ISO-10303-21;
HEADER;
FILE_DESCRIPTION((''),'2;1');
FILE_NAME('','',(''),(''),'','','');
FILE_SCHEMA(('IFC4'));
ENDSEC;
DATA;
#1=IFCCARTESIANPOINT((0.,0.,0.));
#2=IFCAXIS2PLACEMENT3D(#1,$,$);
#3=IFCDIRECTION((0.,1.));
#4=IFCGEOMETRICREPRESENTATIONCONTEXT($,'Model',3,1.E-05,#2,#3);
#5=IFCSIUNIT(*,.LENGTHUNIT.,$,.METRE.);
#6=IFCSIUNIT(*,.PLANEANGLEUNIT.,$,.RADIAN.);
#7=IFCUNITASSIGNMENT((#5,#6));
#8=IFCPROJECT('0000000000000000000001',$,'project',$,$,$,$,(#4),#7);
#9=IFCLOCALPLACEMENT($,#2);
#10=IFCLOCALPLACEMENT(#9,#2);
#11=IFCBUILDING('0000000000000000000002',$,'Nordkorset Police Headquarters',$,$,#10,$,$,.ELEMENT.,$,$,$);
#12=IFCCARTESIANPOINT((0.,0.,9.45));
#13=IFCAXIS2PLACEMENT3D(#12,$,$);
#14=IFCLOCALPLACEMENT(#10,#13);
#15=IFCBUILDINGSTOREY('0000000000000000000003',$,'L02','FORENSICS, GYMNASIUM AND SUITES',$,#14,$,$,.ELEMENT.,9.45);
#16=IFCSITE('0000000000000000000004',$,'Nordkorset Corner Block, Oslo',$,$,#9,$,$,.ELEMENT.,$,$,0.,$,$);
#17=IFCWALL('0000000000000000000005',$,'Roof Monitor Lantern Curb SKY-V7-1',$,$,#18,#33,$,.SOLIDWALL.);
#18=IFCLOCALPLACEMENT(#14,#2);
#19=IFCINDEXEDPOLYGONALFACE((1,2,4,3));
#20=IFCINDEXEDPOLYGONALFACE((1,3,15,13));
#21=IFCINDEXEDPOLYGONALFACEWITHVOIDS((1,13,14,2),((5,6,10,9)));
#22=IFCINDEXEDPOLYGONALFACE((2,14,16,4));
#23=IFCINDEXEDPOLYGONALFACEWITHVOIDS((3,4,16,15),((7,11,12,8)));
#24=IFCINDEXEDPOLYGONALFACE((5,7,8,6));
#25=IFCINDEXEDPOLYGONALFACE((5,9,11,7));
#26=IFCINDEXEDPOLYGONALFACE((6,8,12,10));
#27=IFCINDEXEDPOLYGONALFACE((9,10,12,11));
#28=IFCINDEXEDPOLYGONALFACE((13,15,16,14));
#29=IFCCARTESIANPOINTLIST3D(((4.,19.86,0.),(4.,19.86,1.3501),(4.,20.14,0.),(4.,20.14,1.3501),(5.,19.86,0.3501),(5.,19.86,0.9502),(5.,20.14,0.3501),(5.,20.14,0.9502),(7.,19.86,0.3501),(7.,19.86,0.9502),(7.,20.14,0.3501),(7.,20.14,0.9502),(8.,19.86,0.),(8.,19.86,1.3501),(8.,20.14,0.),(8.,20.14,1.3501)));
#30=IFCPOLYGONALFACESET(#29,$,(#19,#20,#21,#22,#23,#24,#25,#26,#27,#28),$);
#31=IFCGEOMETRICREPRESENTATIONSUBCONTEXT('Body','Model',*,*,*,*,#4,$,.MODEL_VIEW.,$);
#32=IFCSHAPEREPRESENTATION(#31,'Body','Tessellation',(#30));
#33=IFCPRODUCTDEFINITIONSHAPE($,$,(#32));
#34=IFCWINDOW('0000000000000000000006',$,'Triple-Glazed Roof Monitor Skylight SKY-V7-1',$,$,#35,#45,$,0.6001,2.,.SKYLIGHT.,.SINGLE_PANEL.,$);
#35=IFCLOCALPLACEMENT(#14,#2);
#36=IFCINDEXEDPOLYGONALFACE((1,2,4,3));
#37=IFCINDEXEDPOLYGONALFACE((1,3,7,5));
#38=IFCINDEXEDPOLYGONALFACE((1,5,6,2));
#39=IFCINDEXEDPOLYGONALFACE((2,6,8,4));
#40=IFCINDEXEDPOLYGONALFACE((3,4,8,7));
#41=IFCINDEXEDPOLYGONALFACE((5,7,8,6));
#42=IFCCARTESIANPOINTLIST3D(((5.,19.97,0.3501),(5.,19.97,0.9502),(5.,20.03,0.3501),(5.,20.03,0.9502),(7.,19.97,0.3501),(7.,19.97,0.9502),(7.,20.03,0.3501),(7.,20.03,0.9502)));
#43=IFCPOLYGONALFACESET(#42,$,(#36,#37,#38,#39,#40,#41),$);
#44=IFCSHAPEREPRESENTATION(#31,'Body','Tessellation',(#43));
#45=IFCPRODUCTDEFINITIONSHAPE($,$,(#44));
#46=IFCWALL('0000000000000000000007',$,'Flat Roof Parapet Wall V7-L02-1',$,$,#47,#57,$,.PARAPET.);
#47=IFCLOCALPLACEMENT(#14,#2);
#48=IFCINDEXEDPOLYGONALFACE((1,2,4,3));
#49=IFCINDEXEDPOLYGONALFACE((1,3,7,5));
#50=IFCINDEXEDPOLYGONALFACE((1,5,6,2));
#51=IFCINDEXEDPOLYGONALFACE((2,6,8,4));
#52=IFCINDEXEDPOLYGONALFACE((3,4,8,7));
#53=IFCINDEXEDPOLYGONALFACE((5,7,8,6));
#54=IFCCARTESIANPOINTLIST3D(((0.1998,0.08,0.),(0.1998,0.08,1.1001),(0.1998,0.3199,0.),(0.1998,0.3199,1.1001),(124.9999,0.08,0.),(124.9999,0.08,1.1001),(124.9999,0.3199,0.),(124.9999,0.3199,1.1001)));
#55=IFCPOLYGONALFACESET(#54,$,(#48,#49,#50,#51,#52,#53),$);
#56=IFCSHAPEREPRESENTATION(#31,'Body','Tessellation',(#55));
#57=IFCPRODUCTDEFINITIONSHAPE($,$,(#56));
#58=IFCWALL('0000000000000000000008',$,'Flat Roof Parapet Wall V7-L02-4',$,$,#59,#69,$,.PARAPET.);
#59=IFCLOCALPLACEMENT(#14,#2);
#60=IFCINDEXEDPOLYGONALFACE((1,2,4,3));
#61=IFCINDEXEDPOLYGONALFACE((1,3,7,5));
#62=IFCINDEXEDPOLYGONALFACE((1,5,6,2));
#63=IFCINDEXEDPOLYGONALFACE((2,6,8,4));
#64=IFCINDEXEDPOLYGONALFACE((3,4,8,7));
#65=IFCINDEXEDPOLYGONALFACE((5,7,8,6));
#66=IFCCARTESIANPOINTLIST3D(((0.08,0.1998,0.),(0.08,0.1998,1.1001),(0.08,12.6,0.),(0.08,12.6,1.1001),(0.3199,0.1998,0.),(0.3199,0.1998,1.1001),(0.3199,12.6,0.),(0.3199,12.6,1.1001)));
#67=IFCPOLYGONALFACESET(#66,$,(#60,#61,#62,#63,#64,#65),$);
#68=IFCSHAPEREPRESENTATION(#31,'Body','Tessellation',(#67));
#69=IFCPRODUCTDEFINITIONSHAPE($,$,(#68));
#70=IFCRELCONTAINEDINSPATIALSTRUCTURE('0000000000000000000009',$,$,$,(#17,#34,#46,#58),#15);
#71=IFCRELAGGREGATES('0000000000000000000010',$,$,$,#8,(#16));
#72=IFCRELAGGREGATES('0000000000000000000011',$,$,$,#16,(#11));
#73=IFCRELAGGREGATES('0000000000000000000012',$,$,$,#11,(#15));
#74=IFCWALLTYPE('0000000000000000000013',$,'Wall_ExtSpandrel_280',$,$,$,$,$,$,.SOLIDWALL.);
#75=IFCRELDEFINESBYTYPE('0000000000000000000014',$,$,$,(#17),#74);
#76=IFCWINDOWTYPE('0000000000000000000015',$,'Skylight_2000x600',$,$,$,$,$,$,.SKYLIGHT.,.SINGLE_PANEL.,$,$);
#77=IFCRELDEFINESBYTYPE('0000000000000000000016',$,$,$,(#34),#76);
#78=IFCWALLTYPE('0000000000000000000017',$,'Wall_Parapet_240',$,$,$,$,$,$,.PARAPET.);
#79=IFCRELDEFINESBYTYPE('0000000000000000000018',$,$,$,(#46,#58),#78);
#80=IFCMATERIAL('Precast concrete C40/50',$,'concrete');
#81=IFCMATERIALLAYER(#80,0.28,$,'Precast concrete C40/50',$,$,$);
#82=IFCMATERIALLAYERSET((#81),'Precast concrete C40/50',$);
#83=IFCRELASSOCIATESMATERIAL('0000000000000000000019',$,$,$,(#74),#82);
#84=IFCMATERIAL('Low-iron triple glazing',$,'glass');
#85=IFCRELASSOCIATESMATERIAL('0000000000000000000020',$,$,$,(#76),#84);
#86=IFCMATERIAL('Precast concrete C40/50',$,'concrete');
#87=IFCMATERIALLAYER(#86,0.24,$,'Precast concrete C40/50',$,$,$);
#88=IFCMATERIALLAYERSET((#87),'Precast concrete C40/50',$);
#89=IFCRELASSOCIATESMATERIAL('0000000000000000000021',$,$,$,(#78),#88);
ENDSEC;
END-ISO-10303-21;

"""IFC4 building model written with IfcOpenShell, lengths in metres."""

from ifc_helpers import new_model, si_unit, direction, frame, frame_2d, origin, place, context, subcontext, project, spatial, rectangle, extrude, material, layer, layer_set, type_object, element, fill, save


model = new_model("IFC4")

# Units and contexts
model_context = context("Model", 3, precision=1e-05, world=origin(), true_north=direction((0.0, 1.0)))
body_context = subcontext(model_context, "Body", "Model", "MODEL_VIEW")
ifc_project = project(units=[si_unit("LENGTHUNIT", "METRE"), si_unit("PLANEANGLEUNIT", "RADIAN")], contexts=[model_context])

# Site, building, storey
site_placement = place(None, origin())
site = spatial("IfcSite", under=ifc_project, at=site_placement, Name="Nordkorset Corner Block, Oslo", CompositionType="ELEMENT", RefElevation=0.0)
building_placement = place(site_placement, origin())
building = spatial("IfcBuilding", under=site, at=building_placement, Name="Nordkorset Police Headquarters", CompositionType="ELEMENT")
storey_placement = place(building_placement, frame((0.0, 0.0, 9.45)))
storey = spatial("IfcBuildingStorey", under=building, at=storey_placement, Name="L02", Description="FORENSICS, GYMNASIUM AND SUITES", CompositionType="ELEMENT", Elevation=9.45)

# Wall, opening, window
ifc_material_1 = material(Name="Precast concrete C40/50", Category="concrete")
ifc_layer_1 = layer(ifc_material_1, 0.28, Name="Precast concrete C40/50")
ifc_layer_set_1 = layer_set([ifc_layer_1], Name="Precast concrete C40/50")
wall_type_1 = type_object("IfcWallType", Name="Wall_ExtSpandrel_280", PredefinedType="SOLIDWALL", material=ifc_layer_set_1)
wall_1_placement = place(storey_placement, frame((4.0, 20.0, 0.0), z_axis=(0.0, 0.0, 1.0), x_axis=(1.0, 0.0, 0.0)))
wall_1 = element("IfcWall", 1, at=wall_1_placement, inside=storey, type_object=wall_type_1, Name="Roof Monitor Lantern Curb SKY-V7-1", PredefinedType="SOLIDWALL", context=body_context, shape_type="SweptSolid", body=[
    extrude(rectangle(XDim=4.0, YDim=0.28, at=frame_2d((2.0, 0.0))), origin(), (0.0, 0.0, 1.0), 1.3501),
])
opening_1_placement = place(wall_1_placement, frame((1.0, 0.0, 0.3501)))
opening_1 = element("IfcOpeningElement", 2, at=opening_1_placement, cuts=wall_1, PredefinedType="OPENING", context=body_context, shape_type="SweptSolid", body=[
    extrude(rectangle(XDim=2.0, YDim=0.6001, at=frame_2d((1.0, 0.3))), frame((0.0, 0.1499, 0.0), z_axis=(0.0, -1.0, 0.0), x_axis=(1.0, 0.0, 0.0)), (0.0, 0.0, 1.0), 0.3),
])
ifc_material_2 = material(Name="Low-iron triple glazing", Category="glass")
window_type_1 = type_object("IfcWindowType", Name="Skylight_2000x600", PartitioningType="SINGLE_PANEL", PredefinedType="SKYLIGHT", material=ifc_material_2)
window_1_placement = place(opening_1_placement, origin())
window_1 = element("IfcWindow", 3, at=window_1_placement, inside=storey, type_object=window_type_1, Name="Triple-Glazed Roof Monitor Skylight SKY-V7-1", OverallHeight=0.6001, OverallWidth=2.0, PartitioningType="SINGLE_PANEL", PredefinedType="SKYLIGHT", context=body_context, shape_type="SweptSolid", body=[
    extrude(rectangle(XDim=2.0, YDim=0.6001, at=frame_2d((1.0, 0.3))), frame((0.0, 0.03, 0.0), z_axis=(0.0, -1.0, 0.0), x_axis=(1.0, 0.0, 0.0)), (0.0, 0.0, 1.0), 0.0601),
])
fill(opening_1, window_1)

# Walls
ifc_material_3 = material(Name="Precast concrete C40/50", Category="concrete")
ifc_layer_2 = layer(ifc_material_3, 0.24, Name="Precast concrete C40/50")
ifc_layer_set_2 = layer_set([ifc_layer_2], Name="Precast concrete C40/50")
wall_type_2 = type_object("IfcWallType", Name="Wall_Parapet_240", PredefinedType="PARAPET", material=ifc_layer_set_2)
wall_2_placement = place(storey_placement, frame((0.2, 0.2, 0.0), z_axis=(0.0, 0.0, 1.0), x_axis=(1.0, 0.0, 0.0)))
element("IfcWall", 4, at=wall_2_placement, inside=storey, type_object=wall_type_2, Name="Flat Roof Parapet Wall V7-L02-1", PredefinedType="PARAPET", context=body_context, shape_type="SweptSolid", body=[
    extrude(rectangle(XDim=124.8, YDim=0.24, at=frame_2d((62.3999, 0.0))), origin(), (0.0, 0.0, 1.0), 1.1001),
])
wall_3_placement = place(storey_placement, frame((0.2, 12.6001, 0.0), z_axis=(0.0, 0.0, 1.0), x_axis=(0.0, -1.0, 0.0)))
element("IfcWall", 5, at=wall_3_placement, inside=storey, type_object=wall_type_2, Name="Flat Roof Parapet Wall V7-L02-4", PredefinedType="PARAPET", context=body_context, shape_type="SweptSolid", body=[
    extrude(rectangle(XDim=12.4001, YDim=0.24, at=frame_2d((6.2002, 0.0))), origin(), (0.0, 0.0, 1.0), 1.1001),
])

save(model, "model.ifc")
